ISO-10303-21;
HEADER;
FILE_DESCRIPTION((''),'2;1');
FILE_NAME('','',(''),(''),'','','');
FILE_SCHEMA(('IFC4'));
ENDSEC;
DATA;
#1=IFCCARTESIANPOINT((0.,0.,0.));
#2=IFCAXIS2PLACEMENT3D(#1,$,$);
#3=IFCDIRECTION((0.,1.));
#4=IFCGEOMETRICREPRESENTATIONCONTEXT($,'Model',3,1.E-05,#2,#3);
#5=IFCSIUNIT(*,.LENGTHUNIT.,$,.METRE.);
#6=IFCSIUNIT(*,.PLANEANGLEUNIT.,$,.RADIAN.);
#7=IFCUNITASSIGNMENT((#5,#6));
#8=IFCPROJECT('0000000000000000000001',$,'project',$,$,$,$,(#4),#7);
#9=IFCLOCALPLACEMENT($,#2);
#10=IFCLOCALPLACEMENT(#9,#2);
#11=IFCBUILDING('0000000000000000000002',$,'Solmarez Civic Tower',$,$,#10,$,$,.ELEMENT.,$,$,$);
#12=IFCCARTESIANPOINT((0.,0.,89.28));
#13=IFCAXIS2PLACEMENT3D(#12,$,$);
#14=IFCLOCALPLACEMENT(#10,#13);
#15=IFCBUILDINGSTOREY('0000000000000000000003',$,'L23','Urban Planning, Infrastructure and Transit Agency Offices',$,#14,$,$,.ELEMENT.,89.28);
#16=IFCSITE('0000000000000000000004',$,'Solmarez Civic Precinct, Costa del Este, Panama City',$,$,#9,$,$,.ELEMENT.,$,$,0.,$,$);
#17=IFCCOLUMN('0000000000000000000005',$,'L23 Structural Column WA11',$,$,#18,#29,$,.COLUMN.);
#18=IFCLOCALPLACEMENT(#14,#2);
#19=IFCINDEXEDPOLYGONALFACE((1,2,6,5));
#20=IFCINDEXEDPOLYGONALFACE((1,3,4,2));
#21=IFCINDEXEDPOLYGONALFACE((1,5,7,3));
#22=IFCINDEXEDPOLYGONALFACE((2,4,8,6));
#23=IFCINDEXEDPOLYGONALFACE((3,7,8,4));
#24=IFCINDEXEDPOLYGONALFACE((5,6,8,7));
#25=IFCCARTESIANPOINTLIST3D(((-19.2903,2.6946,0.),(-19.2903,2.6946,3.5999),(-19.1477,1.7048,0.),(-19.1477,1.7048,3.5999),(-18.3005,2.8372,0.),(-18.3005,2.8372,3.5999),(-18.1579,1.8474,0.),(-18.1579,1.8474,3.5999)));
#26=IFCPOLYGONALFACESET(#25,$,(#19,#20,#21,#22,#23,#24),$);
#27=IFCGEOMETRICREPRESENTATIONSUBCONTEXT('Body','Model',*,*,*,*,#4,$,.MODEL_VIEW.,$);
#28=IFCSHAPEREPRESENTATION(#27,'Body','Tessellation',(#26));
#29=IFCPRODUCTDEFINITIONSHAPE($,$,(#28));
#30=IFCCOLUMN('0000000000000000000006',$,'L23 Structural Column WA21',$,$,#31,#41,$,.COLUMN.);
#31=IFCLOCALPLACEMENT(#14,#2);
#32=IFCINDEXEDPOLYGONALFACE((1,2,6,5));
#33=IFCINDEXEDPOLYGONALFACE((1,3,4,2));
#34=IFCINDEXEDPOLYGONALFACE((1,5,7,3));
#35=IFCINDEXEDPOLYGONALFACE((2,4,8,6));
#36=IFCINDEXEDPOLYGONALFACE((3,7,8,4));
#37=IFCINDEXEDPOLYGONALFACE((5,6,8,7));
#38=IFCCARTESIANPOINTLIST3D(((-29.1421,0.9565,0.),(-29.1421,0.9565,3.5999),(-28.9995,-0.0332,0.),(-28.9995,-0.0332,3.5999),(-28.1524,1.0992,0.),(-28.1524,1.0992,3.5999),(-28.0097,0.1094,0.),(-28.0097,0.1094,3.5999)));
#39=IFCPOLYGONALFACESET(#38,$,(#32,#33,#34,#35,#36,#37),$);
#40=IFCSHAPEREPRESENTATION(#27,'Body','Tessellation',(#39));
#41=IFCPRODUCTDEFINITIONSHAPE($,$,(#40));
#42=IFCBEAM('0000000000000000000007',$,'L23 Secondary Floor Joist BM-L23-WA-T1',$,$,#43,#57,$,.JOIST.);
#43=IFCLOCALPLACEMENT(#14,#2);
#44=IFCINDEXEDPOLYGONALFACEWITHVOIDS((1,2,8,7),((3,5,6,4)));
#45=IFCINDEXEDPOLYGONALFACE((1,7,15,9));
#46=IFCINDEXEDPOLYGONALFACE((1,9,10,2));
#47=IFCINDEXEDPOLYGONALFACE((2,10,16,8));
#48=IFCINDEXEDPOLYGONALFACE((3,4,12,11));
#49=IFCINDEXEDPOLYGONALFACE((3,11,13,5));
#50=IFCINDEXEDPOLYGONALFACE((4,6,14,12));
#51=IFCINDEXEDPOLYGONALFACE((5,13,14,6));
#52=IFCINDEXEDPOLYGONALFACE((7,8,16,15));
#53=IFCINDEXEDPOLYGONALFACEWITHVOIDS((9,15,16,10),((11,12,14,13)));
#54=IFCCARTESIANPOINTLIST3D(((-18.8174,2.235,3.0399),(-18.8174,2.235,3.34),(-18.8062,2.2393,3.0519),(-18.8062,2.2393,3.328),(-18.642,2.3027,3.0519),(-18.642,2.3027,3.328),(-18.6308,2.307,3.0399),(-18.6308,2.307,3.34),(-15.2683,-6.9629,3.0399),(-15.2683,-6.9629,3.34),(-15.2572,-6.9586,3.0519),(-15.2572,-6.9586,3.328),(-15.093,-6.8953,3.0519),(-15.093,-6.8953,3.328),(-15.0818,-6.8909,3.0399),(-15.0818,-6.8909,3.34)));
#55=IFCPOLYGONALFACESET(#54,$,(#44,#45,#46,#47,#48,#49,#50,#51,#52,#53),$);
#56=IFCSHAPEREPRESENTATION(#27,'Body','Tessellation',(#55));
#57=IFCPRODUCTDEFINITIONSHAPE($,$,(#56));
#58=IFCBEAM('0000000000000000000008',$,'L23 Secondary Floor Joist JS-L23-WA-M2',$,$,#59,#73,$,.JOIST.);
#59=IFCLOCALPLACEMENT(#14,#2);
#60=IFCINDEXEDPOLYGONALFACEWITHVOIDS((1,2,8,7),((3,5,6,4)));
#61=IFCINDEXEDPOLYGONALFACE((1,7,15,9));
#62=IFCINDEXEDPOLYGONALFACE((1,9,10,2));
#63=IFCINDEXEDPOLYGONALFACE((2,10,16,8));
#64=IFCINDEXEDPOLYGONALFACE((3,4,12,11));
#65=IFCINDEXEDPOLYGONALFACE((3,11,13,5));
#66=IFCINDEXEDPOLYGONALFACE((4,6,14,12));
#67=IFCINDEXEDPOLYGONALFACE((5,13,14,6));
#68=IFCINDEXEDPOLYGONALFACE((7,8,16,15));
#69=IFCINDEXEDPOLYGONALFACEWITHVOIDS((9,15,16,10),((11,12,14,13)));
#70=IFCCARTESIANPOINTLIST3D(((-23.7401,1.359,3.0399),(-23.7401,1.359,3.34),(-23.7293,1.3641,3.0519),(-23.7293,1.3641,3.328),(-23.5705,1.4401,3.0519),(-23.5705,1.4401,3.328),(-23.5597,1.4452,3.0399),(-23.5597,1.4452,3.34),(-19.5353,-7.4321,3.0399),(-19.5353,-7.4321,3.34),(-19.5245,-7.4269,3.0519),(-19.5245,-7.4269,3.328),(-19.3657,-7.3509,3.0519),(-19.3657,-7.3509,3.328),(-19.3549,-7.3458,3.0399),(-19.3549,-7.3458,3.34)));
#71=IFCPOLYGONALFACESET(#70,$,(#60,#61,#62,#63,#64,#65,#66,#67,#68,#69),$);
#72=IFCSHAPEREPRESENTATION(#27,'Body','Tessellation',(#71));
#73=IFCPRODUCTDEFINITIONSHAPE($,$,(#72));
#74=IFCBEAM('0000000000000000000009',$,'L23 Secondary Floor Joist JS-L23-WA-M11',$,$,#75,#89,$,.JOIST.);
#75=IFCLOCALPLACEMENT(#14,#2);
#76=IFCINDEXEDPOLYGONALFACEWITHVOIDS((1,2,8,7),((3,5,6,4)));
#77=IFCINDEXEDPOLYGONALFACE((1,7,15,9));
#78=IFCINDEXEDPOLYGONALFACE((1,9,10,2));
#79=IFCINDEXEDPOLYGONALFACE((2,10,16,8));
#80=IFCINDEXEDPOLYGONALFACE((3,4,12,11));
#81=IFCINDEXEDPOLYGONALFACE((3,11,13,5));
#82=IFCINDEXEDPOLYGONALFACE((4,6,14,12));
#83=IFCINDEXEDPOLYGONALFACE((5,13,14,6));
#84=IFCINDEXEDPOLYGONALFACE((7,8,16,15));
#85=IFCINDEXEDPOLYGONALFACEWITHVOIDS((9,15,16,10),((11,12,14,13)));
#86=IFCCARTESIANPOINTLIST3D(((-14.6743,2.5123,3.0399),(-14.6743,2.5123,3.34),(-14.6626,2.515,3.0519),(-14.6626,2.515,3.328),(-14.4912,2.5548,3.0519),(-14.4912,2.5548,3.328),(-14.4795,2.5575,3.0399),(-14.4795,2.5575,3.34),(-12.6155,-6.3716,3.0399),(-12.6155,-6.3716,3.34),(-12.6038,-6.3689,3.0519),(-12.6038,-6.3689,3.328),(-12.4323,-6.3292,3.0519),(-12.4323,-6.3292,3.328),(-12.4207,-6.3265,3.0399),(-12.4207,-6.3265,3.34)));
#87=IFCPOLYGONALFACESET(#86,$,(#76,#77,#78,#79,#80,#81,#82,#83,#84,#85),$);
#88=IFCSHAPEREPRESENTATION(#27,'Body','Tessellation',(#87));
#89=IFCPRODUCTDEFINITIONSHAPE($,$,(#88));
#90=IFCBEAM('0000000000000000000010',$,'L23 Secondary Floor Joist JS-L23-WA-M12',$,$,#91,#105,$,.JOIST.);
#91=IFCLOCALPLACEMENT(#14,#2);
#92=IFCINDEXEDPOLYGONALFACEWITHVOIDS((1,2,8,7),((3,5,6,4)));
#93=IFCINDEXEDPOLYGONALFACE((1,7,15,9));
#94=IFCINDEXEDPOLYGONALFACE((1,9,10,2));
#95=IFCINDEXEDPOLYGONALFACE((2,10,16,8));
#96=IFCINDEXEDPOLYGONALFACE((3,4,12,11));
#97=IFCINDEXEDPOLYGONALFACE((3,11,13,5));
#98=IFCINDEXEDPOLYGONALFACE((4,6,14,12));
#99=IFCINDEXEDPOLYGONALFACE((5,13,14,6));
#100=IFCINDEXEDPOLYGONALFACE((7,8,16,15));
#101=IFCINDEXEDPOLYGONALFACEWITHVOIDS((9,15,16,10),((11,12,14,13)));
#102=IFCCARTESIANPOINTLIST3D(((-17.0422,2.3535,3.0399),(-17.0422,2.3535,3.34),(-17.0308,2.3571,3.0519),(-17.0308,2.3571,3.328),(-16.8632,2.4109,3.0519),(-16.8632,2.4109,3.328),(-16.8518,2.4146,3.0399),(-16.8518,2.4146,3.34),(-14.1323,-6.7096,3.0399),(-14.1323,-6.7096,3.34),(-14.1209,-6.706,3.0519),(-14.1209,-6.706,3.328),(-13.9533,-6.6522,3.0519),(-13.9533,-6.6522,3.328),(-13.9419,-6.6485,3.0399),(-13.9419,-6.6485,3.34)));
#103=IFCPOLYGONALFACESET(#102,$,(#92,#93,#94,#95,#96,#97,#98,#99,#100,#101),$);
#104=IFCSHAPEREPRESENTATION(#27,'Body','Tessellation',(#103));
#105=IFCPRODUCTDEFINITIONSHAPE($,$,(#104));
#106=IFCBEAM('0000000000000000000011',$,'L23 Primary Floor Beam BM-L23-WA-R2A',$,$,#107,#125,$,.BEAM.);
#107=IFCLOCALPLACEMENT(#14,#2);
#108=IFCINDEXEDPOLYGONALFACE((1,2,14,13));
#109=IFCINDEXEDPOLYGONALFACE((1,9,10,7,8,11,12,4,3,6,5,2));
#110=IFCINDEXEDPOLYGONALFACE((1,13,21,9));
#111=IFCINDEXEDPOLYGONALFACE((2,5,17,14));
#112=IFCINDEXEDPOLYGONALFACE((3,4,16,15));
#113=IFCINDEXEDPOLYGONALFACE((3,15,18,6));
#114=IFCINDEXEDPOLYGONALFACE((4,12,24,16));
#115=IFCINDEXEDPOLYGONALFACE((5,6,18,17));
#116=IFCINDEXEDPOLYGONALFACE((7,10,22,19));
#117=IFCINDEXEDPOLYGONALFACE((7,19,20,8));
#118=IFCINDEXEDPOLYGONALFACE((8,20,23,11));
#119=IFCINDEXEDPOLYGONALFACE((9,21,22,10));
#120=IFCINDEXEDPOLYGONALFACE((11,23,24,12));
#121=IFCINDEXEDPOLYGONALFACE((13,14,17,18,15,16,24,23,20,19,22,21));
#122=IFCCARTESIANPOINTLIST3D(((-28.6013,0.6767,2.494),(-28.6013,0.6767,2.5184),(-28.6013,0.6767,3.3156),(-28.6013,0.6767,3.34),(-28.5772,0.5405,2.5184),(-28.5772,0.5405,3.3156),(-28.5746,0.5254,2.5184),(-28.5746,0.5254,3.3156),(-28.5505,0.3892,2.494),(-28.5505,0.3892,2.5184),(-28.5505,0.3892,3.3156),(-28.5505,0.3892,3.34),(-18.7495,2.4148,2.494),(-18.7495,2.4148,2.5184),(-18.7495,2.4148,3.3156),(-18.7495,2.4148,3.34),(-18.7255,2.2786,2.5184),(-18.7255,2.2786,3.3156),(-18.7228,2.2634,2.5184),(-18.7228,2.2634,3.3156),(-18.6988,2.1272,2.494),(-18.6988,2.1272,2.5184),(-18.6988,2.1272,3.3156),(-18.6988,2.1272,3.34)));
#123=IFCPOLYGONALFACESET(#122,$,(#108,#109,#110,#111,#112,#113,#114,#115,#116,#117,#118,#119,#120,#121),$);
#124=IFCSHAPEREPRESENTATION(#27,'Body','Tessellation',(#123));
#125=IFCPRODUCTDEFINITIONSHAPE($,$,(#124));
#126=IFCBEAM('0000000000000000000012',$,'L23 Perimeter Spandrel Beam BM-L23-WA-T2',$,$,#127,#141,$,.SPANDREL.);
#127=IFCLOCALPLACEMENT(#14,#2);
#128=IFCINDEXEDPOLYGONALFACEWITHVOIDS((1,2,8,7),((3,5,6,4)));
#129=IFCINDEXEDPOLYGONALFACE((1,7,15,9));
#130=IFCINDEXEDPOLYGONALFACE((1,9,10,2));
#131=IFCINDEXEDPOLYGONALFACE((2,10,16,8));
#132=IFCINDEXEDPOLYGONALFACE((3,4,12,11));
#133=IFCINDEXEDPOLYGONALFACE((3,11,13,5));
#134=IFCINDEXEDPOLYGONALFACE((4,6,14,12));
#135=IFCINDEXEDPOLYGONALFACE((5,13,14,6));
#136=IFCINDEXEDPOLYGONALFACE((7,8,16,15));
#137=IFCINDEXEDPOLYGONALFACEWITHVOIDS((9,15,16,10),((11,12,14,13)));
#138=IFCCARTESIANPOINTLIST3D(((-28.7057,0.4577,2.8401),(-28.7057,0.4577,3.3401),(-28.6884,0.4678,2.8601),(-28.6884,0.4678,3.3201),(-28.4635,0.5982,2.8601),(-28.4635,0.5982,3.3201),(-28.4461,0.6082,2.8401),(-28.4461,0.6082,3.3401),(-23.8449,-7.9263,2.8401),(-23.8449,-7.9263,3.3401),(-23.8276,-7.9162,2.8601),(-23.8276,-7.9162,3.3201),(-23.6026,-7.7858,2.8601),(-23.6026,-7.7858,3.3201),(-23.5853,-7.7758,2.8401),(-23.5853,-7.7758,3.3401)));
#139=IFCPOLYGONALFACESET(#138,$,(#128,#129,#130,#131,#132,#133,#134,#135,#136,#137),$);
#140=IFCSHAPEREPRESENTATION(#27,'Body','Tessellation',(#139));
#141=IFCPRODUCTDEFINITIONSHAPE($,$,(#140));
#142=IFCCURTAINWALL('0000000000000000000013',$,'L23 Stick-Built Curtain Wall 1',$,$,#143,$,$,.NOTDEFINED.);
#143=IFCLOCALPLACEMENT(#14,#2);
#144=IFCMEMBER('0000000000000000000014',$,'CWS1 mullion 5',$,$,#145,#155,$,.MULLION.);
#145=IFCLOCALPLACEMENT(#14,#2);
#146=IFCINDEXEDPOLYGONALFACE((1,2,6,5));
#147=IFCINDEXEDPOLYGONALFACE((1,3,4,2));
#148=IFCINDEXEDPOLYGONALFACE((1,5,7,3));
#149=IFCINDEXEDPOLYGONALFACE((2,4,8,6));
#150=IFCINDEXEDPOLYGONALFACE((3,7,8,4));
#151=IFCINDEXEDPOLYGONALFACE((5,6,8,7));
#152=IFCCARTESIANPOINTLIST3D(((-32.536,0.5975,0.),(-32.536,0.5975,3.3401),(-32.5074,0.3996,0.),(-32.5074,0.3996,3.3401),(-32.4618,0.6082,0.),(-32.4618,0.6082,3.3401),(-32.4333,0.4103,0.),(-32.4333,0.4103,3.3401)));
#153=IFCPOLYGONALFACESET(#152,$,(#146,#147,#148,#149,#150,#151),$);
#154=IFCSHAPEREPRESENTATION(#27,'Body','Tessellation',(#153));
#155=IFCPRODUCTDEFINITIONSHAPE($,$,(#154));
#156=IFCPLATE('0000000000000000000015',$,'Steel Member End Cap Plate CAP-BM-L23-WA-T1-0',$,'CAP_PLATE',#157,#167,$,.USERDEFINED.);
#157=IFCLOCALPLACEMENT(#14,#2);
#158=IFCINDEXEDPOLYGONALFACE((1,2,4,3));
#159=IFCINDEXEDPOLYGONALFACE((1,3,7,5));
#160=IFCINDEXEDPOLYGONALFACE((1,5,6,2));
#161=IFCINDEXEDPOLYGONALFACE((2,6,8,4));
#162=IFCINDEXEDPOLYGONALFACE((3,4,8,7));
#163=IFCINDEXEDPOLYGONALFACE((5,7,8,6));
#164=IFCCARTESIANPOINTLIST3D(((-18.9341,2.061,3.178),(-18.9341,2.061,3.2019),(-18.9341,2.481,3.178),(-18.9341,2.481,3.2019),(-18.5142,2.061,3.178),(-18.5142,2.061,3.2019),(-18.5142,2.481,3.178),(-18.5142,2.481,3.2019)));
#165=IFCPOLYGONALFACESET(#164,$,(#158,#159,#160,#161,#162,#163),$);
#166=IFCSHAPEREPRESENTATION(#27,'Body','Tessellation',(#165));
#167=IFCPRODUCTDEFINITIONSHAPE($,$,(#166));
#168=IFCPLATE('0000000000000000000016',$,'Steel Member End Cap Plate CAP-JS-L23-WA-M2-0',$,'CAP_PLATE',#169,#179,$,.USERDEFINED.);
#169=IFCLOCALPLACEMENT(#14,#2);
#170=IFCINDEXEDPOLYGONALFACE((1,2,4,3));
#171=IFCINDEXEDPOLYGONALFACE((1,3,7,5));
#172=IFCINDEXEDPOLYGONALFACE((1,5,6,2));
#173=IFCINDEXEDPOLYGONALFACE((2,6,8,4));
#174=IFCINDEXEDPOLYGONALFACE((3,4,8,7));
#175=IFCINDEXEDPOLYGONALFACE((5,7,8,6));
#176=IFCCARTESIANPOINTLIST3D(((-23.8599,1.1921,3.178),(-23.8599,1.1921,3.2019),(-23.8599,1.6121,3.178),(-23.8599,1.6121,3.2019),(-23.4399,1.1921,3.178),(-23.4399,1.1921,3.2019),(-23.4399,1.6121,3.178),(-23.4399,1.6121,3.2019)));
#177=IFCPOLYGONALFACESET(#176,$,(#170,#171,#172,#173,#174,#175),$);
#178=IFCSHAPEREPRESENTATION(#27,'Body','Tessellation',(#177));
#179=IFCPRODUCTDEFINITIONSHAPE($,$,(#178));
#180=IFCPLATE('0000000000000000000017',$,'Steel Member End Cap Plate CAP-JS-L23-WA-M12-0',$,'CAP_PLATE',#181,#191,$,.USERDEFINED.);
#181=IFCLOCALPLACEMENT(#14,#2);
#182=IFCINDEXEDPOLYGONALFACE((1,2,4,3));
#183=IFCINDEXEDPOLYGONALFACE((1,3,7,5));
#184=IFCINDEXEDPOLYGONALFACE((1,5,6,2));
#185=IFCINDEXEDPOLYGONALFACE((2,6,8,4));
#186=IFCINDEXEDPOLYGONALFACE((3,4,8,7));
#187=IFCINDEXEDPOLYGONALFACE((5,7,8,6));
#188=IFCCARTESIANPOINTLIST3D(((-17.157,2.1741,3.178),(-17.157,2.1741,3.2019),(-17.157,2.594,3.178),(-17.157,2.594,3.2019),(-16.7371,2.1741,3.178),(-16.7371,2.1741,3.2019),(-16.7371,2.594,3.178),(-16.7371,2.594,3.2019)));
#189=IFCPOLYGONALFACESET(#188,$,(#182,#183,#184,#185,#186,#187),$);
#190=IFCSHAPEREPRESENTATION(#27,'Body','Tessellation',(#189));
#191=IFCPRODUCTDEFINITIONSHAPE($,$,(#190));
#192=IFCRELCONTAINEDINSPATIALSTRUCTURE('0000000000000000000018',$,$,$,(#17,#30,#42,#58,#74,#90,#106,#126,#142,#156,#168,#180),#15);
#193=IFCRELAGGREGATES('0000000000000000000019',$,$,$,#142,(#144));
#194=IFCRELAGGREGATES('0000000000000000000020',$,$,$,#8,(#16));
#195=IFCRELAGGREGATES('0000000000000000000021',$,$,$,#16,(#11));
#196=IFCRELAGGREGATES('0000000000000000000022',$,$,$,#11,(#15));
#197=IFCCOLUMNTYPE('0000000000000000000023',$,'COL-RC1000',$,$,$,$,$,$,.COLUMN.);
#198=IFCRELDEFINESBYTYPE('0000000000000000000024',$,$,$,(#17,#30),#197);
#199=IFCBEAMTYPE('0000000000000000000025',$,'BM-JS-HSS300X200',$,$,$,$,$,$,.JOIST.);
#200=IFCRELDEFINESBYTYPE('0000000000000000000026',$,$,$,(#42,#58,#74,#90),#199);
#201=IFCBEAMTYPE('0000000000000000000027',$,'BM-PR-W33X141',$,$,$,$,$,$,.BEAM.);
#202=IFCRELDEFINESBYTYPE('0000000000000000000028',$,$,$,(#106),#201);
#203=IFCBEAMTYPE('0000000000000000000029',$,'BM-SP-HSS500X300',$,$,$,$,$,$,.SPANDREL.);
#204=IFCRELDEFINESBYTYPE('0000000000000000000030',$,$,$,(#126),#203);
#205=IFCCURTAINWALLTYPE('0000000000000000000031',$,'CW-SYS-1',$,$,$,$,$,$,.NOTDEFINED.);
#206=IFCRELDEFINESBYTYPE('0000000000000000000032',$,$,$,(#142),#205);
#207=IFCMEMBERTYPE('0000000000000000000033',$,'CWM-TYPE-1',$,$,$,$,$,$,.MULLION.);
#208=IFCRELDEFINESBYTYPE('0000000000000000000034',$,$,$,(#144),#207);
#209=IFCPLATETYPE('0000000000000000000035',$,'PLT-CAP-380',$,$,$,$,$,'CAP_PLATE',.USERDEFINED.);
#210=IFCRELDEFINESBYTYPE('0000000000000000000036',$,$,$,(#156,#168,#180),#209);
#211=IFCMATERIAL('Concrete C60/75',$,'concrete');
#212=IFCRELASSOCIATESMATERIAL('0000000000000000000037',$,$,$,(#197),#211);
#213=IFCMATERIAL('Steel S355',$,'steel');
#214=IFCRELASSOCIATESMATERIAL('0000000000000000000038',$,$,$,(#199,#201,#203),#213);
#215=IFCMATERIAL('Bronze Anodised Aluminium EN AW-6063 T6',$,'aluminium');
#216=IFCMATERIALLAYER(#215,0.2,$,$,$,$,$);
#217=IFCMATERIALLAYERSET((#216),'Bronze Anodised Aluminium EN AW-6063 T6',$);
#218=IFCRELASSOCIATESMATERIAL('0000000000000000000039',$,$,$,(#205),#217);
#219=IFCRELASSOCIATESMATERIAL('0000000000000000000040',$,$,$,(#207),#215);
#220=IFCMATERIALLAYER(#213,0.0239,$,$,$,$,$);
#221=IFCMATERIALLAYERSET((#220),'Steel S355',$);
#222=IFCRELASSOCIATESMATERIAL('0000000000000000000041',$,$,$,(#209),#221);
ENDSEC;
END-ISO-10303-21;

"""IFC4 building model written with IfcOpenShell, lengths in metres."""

from ifc_helpers import new_model, si_unit, direction, frame, origin, origin_2d, place, context, subcontext, project, spatial, rectangle, hollow_rectangle, i_section, extrude, material, layer, layer_set, material_profile, profile_set, type_object, element, aggregate, save


model = new_model("IFC4")

# Units and contexts
model_context = context("Model", 3, precision=1e-05, world=origin(), true_north=direction((0.0, 1.0)))
body_context = subcontext(model_context, "Body", "Model", "MODEL_VIEW")
ifc_project = project(units=[si_unit("LENGTHUNIT", "METRE"), si_unit("PLANEANGLEUNIT", "RADIAN")], contexts=[model_context])

# Site, building, storey
site_placement = place(None, origin())
site = spatial("IfcSite", under=ifc_project, at=site_placement, Name="Solmarez Civic Precinct, Costa del Este, Panama City", CompositionType="ELEMENT", RefElevation=0.0)
building_placement = place(site_placement, origin())
building = spatial("IfcBuilding", under=site, at=building_placement, Name="Solmarez Civic Tower", CompositionType="ELEMENT")
storey_placement = place(building_placement, frame((0.0, 0.0, 89.28)))
storey = spatial("IfcBuildingStorey", under=building, at=storey_placement, Name="L23", Description="Urban Planning, Infrastructure and Transit Agency Offices", CompositionType="ELEMENT", Elevation=89.28)

# Columns
ifc_material_1 = material(Name="Concrete C60/75", Category="concrete")
ifc_material_profile_1 = material_profile(ifc_material_1, rectangle(XDim=1.0, YDim=1.0, at=origin_2d()), Name="RC1000X1000")
ifc_profile_set_1 = profile_set([ifc_material_profile_1], Name="Concrete C60/75")
column_type = type_object("IfcColumnType", Name="COL-RC1000", PredefinedType="COLUMN", material=ifc_profile_set_1)
for number, where, z_axis, x_axis, name in (
    (1, (-18.7241, 2.271, 0.0), (0.0, 0.0, 1.0), (0.989776, 0.142629, 0.0), "L23 Structural Column WA11"),
    (2, (-28.5759, 0.533, 0.0), (0.0, 0.0, 1.0), (0.989776, 0.142629, 0.0), "L23 Structural Column WA21"),
):
    element("IfcColumn", number, at=place(storey_placement, frame(where, z_axis=z_axis, x_axis=x_axis)), inside=storey, type_object=column_type, Name=name, PredefinedType="COLUMN", context=body_context, shape_type="SweptSolid", body=[
        extrude(rectangle(XDim=1.0, YDim=1.0, at=origin_2d()), origin(), (0.0, 0.0, 1.0), 3.5999),
    ])

# Beams
ifc_material_2 = material(Name="Steel S355", Category="steel")
ifc_material_profile_2 = material_profile(ifc_material_2, hollow_rectangle(XDim=0.2, YDim=0.3, WallThickness=0.012, at=origin_2d()), Name="HSS300X200X12")
ifc_profile_set_2 = profile_set([ifc_material_profile_2], Name="Steel S355")
beam_type_1 = type_object("IfcBeamType", Name="BM-JS-HSS300X200", PredefinedType="JOIST", material=ifc_profile_set_2)
beam_1_placement = place(storey_placement, frame((-18.7241, 2.271, 3.1899), z_axis=(0.359984, -0.932958, 0.0), x_axis=(0.932958, 0.359984, 0.0)))
element("IfcBeam", 3, at=beam_1_placement, inside=storey, type_object=beam_type_1, Name="L23 Secondary Floor Joist BM-L23-WA-T1", PredefinedType="JOIST", context=body_context, shape_type="SweptSolid", body=[
    extrude(hollow_rectangle(XDim=0.2, YDim=0.3, WallThickness=0.012, at=origin_2d()), origin(), (0.0, 0.0, 1.0), 9.8589),
])
beam_2_placement = place(storey_placement, frame((-23.6499, 1.4021, 3.1899), z_axis=(0.431492, -0.902117, 0.0), x_axis=(0.902117, 0.431492, 0.0)))
element("IfcBeam", 4, at=beam_2_placement, inside=storey, type_object=beam_type_1, Name="L23 Secondary Floor Joist JS-L23-WA-M2", PredefinedType="JOIST", context=body_context, shape_type="SweptSolid", body=[
    extrude(hollow_rectangle(XDim=0.2, YDim=0.3, WallThickness=0.012, at=origin_2d()), origin(), (0.0, 0.0, 1.0), 9.7449),
])
beam_3_placement = place(storey_placement, frame((-14.5769, 2.5349, 3.1899), z_axis=(0.225763, -0.974182, 0.0), x_axis=(0.974182, 0.225763, 0.0)))
element("IfcBeam", 5, at=beam_3_placement, inside=storey, type_object=beam_type_1, Name="L23 Secondary Floor Joist JS-L23-WA-M11", PredefinedType="JOIST", context=body_context, shape_type="SweptSolid", body=[
    extrude(hollow_rectangle(XDim=0.2, YDim=0.3, WallThickness=0.012, at=origin_2d()), origin(), (0.0, 0.0, 1.0), 9.1194),
])
beam_4_placement = place(storey_placement, frame((-16.947, 2.384, 3.1899), z_axis=(0.305705, -0.952126, 0.0), x_axis=(0.952126, 0.305705, 0.0)))
element("IfcBeam", 6, at=beam_4_placement, inside=storey, type_object=beam_type_1, Name="L23 Secondary Floor Joist JS-L23-WA-M12", PredefinedType="JOIST", context=body_context, shape_type="SweptSolid", body=[
    extrude(hollow_rectangle(XDim=0.2, YDim=0.3, WallThickness=0.012, at=origin_2d()), origin(), (0.0, 0.0, 1.0), 9.5188),
])
ifc_material_profile_3 = material_profile(ifc_material_2, i_section(OverallWidth=0.292, OverallDepth=0.8459, WebThickness=0.0154, FlangeThickness=0.0244, at=origin_2d()), Name="W33X141")
ifc_profile_set_3 = profile_set([ifc_material_profile_3], Name="Steel S355")
beam_type_2 = type_object("IfcBeamType", Name="BM-PR-W33X141", PredefinedType="BEAM", material=ifc_profile_set_3)
beam_5_placement = place(storey_placement, frame((-18.7241, 2.271, 2.917), z_axis=(-0.984792, -0.173735, 0.0), x_axis=(0.173735, -0.984792, 0.0)))
element("IfcBeam", 7, at=beam_5_placement, inside=storey, type_object=beam_type_2, Name="L23 Primary Floor Beam BM-L23-WA-R2A", PredefinedType="BEAM", context=body_context, shape_type="SweptSolid", body=[
    extrude(i_section(OverallWidth=0.292, OverallDepth=0.8459, WebThickness=0.0154, FlangeThickness=0.0244, at=origin_2d()), origin(), (0.0, 0.0, 1.0), 10.0039),
])
ifc_material_profile_4 = material_profile(ifc_material_2, hollow_rectangle(XDim=0.3, YDim=0.5, WallThickness=0.02, at=origin_2d()), Name="HSS500X300X20")
ifc_profile_set_4 = profile_set([ifc_material_profile_4], Name="Steel S355")
beam_type_3 = type_object("IfcBeamType", Name="BM-SP-HSS500X300", PredefinedType="SPANDREL", material=ifc_profile_set_4)
beam_6_placement = place(storey_placement, frame((-28.5759, 0.533, 3.0901), z_axis=(0.501571, -0.865116, 0.0), x_axis=(0.865116, 0.501571, 0.0)))
element("IfcBeam", 8, at=beam_6_placement, inside=storey, type_object=beam_type_3, Name="L23 Perimeter Spandrel Beam BM-L23-WA-T2", PredefinedType="SPANDREL", context=body_context, shape_type="SweptSolid", body=[
    extrude(hollow_rectangle(XDim=0.3, YDim=0.5, WallThickness=0.02, at=origin_2d()), origin(), (0.0, 0.0, 1.0), 9.6912),
])

# Curtain wall, member
ifc_material_3 = material(Name="Bronze Anodised Aluminium EN AW-6063 T6", Category="aluminium")
ifc_layer_1 = layer(ifc_material_3, 0.2)
ifc_layer_set_1 = layer_set([ifc_layer_1], Name="Bronze Anodised Aluminium EN AW-6063 T6")
curtain_wall_type = type_object("IfcCurtainWallType", Name="CW-SYS-1", PredefinedType="NOTDEFINED", material=ifc_layer_set_1)
curtain_wall_placement = place(storey_placement, origin())
curtain_wall = element("IfcCurtainWall", 9, at=curtain_wall_placement, inside=storey, type_object=curtain_wall_type, Name="L23 Stick-Built Curtain Wall 1", PredefinedType="NOTDEFINED")
ifc_material_profile_5 = material_profile(ifc_material_3, rectangle(XDim=0.075, YDim=0.2, at=origin_2d()), Name="CWM-75X200")
ifc_profile_set_5 = profile_set([ifc_material_profile_5], Name="Bronze Anodised Aluminium EN AW-6063 T6")
member_type = type_object("IfcMemberType", Name="CWM-TYPE-1", PredefinedType="MULLION", material=ifc_profile_set_5)
member_placement = place(storey_placement, frame((-32.4846, 0.5039, 0.0), z_axis=(0.0, 0.0, 1.0), x_axis=(-0.989766, -0.142698, 0.0)))
member = element("IfcMember", 10, at=member_placement, type_object=member_type, Name="CWS1 mullion 5", PredefinedType="MULLION", context=body_context, shape_type="SweptSolid", body=[
    extrude(rectangle(XDim=0.075, YDim=0.2, at=origin_2d()), origin(), (0.0, 0.0, 1.0), 3.3401),
])
aggregate(curtain_wall, [member])

# Plates
ifc_layer_2 = layer(ifc_material_2, 0.0239)
ifc_layer_set_2 = layer_set([ifc_layer_2], Name="Steel S355")
plate_type_1 = type_object("IfcPlateType", Name="PLT-CAP-380", ElementType="CAP_PLATE", PredefinedType="USERDEFINED", material=ifc_layer_set_2)
for number, where, z_axis, x_axis, name in (
    (11, (-18.7241, 2.271, 3.178), (0.0, 0.0, 1.0), (1.0, 0.0, 0.0), "Steel Member End Cap Plate CAP-BM-L23-WA-T1-0"),
    (12, (-23.6499, 1.4021, 3.178), (0.0, 0.0, 1.0), (1.0, 0.0, 0.0), "Steel Member End Cap Plate CAP-JS-L23-WA-M2-0"),
    (13, (-16.947, 2.384, 3.178), (0.0, 0.0, 1.0), (1.0, 0.0, 0.0), "Steel Member End Cap Plate CAP-JS-L23-WA-M12-0"),
):
    element("IfcPlate", number, at=place(storey_placement, frame(where, z_axis=z_axis, x_axis=x_axis)), inside=storey, type_object=plate_type_1, Name=name, ObjectType="CAP_PLATE", PredefinedType="USERDEFINED", context=body_context, shape_type="SweptSolid", body=[
        extrude(rectangle(XDim=0.4199, YDim=0.4199, at=origin_2d()), origin(), (0.0, 0.0, 1.0), 0.0239),
    ])

save(model, "model.ifc")
